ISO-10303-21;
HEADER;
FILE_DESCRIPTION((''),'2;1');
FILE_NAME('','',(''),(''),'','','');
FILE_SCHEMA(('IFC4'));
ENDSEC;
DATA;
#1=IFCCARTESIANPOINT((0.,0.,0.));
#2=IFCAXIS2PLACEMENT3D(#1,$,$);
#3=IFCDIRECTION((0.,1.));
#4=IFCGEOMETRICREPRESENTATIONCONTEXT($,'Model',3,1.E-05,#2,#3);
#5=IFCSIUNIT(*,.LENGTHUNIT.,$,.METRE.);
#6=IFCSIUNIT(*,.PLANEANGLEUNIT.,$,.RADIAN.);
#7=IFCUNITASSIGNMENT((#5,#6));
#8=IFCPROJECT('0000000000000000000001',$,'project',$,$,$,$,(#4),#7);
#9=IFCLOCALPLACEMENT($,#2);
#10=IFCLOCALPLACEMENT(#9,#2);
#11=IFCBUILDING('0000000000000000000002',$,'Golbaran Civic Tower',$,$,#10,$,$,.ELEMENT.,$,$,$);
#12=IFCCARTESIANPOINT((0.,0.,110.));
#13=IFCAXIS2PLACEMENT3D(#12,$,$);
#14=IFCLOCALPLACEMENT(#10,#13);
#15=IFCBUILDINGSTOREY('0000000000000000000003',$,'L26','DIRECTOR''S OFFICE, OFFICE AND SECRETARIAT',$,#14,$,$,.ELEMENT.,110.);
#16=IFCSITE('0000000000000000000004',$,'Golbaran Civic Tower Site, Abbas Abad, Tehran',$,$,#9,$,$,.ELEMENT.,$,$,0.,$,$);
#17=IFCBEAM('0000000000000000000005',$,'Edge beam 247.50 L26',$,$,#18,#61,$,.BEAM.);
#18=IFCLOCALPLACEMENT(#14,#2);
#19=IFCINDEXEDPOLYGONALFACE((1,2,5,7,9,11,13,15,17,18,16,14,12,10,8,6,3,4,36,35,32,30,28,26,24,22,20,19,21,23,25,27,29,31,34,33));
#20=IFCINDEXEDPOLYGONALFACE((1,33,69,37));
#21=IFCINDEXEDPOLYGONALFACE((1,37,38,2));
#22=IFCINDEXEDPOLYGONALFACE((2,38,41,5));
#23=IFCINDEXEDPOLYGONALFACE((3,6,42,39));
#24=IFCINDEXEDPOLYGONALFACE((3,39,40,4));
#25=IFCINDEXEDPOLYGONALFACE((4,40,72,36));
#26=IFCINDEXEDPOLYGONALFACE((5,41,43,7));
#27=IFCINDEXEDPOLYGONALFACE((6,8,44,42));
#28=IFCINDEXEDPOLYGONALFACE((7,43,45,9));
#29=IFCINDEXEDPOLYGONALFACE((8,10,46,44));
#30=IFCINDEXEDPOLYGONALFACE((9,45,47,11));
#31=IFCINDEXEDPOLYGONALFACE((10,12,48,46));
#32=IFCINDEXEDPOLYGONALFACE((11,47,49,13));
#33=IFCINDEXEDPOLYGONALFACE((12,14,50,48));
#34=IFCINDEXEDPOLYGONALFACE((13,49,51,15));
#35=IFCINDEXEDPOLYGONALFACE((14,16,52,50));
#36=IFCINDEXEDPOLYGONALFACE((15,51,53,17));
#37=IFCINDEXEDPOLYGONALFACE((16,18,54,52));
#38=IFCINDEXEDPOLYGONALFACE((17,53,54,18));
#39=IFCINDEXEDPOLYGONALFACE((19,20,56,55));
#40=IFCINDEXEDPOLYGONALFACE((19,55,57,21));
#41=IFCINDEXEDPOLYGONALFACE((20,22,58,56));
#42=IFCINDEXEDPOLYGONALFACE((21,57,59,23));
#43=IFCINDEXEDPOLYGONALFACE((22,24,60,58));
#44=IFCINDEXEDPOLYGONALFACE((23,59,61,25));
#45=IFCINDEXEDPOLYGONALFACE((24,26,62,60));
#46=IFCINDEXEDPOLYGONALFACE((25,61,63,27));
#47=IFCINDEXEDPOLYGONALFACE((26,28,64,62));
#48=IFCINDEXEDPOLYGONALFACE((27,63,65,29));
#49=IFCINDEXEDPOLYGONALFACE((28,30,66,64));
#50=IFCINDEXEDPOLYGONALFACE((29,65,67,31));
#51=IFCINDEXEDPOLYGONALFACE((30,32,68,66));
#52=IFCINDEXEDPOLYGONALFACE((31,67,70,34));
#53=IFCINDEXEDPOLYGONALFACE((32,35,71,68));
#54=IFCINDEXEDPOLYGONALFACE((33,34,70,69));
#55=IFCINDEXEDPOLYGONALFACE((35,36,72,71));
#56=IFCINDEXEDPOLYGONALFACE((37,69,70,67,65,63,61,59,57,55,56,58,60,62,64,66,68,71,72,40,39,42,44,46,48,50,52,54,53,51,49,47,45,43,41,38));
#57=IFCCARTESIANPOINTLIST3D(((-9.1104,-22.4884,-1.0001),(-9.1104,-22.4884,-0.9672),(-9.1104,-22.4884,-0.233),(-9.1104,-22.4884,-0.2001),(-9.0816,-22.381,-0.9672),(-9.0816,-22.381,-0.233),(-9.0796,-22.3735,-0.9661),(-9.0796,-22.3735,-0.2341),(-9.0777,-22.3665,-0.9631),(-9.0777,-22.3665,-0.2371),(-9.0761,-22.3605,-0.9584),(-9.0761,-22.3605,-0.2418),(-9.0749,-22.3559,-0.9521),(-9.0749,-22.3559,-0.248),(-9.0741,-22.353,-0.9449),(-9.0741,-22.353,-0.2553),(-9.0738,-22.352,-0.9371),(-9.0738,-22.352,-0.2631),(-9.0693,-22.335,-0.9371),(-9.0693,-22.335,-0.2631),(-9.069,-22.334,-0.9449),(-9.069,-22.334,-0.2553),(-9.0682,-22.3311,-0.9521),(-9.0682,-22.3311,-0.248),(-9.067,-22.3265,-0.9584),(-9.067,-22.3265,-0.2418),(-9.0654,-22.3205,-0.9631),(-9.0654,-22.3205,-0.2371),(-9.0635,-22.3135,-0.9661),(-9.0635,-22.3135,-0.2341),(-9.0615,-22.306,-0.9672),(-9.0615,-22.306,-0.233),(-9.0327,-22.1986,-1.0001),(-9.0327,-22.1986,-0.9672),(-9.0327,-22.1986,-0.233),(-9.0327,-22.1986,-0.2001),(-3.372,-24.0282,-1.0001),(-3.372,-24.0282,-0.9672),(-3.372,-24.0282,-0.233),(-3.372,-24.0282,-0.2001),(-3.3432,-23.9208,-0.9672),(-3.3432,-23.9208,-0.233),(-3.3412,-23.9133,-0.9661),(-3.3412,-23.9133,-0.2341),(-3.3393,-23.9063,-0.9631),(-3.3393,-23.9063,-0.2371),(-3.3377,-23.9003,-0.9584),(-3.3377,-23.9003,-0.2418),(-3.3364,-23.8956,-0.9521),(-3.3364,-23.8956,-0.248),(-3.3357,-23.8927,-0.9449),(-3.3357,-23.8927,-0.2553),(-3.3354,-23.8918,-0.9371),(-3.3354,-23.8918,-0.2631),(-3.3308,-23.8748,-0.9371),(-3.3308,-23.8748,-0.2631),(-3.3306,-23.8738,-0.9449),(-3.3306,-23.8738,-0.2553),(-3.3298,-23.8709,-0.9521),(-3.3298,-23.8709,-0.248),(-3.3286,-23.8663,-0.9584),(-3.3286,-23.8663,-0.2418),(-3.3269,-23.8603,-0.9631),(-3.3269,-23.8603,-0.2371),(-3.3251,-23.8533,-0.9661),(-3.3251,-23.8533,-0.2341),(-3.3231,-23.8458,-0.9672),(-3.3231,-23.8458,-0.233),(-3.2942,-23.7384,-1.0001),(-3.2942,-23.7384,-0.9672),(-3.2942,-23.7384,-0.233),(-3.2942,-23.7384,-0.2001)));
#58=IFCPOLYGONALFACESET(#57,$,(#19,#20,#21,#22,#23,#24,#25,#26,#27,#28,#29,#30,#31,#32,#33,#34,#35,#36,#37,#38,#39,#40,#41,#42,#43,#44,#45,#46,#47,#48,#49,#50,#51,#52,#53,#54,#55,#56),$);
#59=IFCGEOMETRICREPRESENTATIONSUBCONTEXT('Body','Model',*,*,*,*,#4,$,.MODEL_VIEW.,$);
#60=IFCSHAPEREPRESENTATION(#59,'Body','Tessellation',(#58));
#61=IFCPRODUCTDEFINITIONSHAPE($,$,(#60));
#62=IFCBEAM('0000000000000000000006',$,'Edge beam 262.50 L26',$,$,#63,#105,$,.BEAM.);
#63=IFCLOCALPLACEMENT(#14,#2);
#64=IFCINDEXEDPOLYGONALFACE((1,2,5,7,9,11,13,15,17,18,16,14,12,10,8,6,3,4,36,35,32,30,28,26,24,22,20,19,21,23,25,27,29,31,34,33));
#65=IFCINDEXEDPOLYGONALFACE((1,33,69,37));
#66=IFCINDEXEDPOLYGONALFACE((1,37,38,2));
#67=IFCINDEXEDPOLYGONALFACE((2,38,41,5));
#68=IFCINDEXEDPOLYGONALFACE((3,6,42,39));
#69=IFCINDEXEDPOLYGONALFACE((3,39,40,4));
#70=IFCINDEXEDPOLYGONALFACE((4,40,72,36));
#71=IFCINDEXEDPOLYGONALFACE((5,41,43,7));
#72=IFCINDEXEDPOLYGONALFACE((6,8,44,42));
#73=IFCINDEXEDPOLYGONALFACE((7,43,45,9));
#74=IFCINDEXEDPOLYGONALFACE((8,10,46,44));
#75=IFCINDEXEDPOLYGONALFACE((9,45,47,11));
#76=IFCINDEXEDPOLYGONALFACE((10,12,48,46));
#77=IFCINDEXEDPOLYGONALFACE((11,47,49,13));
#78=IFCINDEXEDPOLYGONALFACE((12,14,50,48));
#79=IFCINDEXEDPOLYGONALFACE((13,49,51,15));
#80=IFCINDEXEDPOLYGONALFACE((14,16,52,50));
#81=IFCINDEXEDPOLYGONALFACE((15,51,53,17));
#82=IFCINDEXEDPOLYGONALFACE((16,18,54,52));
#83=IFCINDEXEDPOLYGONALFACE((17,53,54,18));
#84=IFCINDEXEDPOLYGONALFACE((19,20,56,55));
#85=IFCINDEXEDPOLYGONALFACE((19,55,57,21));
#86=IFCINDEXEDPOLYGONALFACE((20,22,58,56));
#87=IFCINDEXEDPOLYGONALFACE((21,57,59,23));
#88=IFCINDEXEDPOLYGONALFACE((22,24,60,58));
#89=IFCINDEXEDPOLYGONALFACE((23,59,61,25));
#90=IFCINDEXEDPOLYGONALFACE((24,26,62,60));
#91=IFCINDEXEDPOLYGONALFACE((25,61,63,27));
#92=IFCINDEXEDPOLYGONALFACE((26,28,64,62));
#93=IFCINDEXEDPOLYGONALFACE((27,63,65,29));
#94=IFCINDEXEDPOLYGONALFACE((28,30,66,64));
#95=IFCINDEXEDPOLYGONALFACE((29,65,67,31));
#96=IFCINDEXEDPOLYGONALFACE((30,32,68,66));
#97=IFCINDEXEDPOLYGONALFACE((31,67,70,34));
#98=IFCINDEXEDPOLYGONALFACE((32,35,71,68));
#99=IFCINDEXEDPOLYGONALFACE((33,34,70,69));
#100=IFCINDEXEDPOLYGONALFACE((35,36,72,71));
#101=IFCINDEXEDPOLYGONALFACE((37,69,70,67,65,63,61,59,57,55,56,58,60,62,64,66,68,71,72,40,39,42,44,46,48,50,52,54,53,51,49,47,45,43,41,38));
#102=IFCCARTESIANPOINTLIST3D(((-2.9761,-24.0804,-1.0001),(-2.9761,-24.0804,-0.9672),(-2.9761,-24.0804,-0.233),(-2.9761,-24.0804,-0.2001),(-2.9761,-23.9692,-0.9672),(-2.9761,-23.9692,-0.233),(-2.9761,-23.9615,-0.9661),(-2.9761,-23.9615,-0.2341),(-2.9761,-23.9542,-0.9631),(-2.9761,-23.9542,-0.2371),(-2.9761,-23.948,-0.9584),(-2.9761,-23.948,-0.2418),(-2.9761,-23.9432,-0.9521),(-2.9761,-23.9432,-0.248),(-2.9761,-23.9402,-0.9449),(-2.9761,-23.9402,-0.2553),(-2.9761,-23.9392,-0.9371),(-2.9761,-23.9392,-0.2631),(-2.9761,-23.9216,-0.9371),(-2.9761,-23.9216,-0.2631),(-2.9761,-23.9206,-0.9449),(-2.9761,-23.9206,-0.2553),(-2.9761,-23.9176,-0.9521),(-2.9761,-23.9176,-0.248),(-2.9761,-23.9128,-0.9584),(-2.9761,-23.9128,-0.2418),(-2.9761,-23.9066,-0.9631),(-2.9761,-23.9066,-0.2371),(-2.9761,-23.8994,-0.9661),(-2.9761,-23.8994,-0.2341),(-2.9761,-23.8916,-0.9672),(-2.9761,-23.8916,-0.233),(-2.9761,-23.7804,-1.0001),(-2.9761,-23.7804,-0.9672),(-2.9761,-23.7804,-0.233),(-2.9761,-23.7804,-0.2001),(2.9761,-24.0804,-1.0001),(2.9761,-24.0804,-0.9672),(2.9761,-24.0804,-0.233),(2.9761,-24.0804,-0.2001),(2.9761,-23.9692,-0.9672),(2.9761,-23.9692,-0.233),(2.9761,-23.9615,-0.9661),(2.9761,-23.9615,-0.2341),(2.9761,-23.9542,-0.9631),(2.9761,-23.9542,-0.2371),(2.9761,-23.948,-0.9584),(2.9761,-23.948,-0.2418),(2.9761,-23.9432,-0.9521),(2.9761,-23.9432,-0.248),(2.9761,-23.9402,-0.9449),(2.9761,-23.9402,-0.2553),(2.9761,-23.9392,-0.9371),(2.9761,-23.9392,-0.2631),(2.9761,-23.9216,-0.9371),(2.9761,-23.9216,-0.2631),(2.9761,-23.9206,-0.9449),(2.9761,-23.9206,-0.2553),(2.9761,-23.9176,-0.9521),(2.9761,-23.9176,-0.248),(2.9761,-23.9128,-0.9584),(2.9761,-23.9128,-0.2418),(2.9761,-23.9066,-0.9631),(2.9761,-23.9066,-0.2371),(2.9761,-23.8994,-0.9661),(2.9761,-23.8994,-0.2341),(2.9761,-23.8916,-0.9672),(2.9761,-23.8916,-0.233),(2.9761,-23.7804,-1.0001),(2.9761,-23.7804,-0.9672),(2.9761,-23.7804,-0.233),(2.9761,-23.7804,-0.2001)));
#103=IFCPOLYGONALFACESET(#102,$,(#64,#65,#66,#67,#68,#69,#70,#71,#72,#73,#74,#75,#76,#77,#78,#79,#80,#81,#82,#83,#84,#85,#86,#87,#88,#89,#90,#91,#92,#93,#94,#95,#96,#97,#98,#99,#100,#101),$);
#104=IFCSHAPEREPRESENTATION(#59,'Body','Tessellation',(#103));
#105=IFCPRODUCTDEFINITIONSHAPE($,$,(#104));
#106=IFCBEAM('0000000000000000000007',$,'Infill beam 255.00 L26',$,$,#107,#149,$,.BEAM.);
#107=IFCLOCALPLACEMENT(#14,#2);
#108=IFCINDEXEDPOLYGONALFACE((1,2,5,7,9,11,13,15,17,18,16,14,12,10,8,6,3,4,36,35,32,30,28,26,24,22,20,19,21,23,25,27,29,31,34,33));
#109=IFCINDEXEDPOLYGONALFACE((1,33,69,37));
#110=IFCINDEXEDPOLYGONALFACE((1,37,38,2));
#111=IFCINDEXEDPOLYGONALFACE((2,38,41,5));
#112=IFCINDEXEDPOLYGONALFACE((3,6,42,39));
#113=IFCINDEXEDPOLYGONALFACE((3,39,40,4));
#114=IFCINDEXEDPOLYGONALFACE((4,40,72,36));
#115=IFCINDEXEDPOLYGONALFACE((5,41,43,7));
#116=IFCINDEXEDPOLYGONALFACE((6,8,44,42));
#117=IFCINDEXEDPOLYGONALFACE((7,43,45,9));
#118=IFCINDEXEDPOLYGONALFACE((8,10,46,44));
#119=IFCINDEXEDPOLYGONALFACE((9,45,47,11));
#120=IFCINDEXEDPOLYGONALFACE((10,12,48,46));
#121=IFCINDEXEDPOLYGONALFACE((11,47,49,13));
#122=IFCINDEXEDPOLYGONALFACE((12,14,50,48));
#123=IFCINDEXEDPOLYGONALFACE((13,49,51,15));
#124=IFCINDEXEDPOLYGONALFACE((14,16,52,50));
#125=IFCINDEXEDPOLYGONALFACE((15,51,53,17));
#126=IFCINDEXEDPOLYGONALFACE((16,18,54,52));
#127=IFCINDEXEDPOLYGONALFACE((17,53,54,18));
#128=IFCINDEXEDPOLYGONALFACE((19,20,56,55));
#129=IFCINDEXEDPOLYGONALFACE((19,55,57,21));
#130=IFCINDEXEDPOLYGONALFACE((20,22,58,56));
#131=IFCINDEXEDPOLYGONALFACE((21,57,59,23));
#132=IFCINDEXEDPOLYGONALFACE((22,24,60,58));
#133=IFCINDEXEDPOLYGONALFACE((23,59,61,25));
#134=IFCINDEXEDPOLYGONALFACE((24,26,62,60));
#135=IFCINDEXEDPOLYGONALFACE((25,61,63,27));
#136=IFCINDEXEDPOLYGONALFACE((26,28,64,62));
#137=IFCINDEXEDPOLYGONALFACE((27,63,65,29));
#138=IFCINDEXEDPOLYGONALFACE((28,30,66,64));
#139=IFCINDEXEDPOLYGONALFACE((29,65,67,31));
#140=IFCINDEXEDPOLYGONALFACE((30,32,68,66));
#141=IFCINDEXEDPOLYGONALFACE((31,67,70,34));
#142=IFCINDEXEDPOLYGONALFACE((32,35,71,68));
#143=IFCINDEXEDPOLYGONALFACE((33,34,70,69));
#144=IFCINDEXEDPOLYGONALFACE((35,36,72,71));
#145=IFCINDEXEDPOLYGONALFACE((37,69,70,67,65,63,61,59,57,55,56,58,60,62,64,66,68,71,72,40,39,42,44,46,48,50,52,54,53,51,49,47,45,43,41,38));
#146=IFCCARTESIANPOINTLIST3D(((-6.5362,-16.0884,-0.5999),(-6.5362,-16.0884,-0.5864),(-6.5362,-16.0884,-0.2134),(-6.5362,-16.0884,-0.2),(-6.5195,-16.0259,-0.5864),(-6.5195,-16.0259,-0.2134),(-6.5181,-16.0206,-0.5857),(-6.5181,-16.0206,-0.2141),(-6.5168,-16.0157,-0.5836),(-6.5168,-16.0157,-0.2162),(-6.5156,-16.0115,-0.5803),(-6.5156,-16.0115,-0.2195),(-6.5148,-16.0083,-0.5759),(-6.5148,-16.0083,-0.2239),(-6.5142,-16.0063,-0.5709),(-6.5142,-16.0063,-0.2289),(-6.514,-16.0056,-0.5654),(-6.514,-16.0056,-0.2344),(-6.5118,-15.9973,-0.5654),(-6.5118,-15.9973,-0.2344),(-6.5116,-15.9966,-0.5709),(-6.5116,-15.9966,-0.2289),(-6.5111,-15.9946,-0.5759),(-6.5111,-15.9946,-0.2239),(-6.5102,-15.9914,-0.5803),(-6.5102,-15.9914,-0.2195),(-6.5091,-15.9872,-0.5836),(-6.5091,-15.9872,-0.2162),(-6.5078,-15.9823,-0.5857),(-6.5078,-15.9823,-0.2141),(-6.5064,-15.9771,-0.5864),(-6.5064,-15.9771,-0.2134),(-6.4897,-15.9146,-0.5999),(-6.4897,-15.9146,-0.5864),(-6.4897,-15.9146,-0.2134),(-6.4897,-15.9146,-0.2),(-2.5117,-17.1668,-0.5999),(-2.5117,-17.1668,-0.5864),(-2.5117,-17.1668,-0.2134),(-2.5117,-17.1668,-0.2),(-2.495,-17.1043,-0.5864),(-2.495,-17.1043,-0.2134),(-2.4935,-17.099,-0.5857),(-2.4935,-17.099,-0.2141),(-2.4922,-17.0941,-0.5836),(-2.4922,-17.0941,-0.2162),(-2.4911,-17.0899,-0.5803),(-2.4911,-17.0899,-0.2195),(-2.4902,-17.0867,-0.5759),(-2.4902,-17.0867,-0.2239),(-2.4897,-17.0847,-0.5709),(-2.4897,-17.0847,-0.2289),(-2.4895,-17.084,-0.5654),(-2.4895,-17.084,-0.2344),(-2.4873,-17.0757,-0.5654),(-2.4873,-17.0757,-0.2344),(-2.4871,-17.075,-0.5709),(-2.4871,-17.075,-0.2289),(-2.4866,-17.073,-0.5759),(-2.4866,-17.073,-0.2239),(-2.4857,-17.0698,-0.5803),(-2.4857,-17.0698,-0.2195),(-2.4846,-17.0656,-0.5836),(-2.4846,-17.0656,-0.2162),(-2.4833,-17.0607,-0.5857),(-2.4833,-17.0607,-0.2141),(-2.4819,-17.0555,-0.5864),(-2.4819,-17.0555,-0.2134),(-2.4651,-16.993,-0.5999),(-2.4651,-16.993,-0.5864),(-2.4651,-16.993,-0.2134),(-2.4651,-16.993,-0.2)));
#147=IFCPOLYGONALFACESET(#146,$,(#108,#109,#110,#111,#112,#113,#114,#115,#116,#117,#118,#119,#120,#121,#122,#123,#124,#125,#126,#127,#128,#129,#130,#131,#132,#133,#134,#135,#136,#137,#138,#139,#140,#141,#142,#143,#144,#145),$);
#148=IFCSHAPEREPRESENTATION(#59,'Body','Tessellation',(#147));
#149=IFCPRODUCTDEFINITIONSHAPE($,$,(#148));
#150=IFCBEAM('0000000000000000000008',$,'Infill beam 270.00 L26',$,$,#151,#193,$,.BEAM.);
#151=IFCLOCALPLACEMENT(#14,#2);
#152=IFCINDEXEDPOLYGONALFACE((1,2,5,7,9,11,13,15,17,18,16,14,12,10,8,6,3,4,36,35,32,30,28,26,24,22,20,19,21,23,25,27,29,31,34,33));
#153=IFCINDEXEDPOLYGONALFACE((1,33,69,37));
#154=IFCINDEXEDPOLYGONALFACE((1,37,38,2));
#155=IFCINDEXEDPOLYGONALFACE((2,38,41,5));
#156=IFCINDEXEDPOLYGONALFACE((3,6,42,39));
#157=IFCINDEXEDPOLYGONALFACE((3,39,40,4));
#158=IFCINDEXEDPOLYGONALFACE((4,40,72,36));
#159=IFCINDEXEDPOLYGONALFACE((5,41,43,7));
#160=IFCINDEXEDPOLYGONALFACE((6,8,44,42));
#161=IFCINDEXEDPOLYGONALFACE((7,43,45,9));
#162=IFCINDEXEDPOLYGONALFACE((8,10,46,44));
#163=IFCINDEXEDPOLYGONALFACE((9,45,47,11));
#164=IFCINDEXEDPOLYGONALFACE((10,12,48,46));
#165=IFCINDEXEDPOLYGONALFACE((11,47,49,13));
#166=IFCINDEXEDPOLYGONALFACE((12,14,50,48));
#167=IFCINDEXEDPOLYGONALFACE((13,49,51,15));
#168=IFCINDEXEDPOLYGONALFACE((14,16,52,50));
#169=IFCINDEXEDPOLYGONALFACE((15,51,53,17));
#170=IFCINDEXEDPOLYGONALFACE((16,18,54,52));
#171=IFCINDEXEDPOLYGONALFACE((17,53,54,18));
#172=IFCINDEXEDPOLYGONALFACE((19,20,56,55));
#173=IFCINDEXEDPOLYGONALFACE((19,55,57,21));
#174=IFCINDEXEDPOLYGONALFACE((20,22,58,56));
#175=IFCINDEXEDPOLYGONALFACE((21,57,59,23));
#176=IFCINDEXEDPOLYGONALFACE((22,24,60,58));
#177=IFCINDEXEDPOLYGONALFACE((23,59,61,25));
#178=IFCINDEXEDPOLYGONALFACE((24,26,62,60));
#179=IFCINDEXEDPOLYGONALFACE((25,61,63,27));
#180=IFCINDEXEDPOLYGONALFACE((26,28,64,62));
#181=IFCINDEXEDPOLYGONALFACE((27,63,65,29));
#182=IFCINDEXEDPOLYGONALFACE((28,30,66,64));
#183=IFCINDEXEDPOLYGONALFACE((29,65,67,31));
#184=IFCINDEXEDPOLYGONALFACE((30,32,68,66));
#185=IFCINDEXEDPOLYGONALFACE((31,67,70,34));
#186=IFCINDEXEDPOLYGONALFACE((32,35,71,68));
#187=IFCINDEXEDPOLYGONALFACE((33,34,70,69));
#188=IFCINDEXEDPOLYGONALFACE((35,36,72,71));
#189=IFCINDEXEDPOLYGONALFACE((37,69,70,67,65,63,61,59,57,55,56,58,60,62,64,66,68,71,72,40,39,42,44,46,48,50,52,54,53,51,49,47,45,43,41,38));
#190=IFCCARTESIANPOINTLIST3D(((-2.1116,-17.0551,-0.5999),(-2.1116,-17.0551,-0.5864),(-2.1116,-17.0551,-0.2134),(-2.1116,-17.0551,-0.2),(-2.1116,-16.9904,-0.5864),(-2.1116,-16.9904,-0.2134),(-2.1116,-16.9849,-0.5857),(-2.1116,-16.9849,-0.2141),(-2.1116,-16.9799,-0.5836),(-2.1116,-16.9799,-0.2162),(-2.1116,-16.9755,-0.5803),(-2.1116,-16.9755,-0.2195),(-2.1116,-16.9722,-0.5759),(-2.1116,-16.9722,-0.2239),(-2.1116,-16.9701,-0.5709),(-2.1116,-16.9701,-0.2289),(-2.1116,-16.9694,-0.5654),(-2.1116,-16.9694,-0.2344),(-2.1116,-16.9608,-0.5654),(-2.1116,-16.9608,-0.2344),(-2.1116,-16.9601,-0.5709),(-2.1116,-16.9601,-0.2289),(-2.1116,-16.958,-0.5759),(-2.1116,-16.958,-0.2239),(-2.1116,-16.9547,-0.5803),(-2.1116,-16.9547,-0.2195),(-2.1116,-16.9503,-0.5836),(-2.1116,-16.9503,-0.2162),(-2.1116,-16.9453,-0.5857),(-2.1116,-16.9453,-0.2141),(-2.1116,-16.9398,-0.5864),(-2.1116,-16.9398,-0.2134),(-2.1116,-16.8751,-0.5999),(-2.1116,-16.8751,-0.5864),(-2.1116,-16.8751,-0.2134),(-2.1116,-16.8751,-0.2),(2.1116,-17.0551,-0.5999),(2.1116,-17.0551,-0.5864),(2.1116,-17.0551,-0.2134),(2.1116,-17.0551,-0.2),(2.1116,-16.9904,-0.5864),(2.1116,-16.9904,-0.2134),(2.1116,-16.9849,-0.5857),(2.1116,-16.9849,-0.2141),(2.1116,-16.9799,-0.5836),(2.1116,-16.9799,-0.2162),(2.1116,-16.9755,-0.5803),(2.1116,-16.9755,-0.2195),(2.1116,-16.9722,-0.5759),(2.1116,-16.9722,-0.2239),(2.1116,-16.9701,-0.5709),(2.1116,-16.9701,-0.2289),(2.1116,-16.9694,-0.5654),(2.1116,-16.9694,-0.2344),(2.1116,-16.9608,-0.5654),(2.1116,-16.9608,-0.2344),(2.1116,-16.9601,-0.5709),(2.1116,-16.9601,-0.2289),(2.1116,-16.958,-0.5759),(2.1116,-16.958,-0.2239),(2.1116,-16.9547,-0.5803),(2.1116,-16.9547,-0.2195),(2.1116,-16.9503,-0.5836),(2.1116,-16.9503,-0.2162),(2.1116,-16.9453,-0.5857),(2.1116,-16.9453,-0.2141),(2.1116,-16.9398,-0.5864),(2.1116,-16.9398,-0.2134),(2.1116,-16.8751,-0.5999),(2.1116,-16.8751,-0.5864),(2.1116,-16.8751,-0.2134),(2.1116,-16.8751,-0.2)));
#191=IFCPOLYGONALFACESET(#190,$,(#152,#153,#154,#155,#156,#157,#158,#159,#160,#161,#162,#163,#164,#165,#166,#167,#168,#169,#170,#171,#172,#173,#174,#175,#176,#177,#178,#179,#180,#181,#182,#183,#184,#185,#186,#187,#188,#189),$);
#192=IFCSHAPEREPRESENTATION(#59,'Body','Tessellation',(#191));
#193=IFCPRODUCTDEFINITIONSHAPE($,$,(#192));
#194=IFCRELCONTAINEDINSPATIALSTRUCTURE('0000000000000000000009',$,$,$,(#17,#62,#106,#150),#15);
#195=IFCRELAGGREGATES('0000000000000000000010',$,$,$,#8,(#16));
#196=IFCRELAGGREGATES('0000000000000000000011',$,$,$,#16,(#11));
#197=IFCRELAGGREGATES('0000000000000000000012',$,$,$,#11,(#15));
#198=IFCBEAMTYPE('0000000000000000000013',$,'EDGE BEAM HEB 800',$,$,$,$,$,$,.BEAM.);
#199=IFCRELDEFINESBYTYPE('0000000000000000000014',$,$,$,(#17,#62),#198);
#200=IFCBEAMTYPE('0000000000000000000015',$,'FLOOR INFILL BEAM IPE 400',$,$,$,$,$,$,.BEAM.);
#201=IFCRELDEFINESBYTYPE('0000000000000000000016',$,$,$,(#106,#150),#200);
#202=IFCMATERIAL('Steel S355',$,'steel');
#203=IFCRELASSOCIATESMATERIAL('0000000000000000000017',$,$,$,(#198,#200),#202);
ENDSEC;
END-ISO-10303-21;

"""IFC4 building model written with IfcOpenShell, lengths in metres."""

from ifc_helpers import new_model, si_unit, direction, frame, origin, origin_2d, place, context, subcontext, project, spatial, i_section, extrude, material, material_profile, profile_set, type_object, element, save


model = new_model("IFC4")

# Units and contexts
model_context = context("Model", 3, precision=1e-05, world=origin(), true_north=direction((0.0, 1.0)))
body_context = subcontext(model_context, "Body", "Model", "MODEL_VIEW")
ifc_project = project(units=[si_unit("LENGTHUNIT", "METRE"), si_unit("PLANEANGLEUNIT", "RADIAN")], contexts=[model_context])

# Site, building, storey
site_placement = place(None, origin())
site = spatial("IfcSite", under=ifc_project, at=site_placement, Name="Golbaran Civic Tower Site, Abbas Abad, Tehran", CompositionType="ELEMENT", RefElevation=0.0)
building_placement = place(site_placement, origin())
building = spatial("IfcBuilding", under=site, at=building_placement, Name="Golbaran Civic Tower", CompositionType="ELEMENT")
storey_placement = place(building_placement, frame((0.0, 0.0, 110.0)))
storey = spatial("IfcBuildingStorey", under=building, at=storey_placement, Name="L26", Description="DIRECTOR'S OFFICE, OFFICE AND SECRETARIAT", CompositionType="ELEMENT", Elevation=110.0)

# Beams
ifc_material_1 = material(Name="Steel S355", Category="steel")
ifc_material_profile_1 = material_profile(ifc_material_1, i_section(OverallWidth=0.3, OverallDepth=0.8, WebThickness=0.0176, FlangeThickness=0.033, FilletRadius=0.03, at=origin_2d()), Name="HEB 800")
ifc_profile_set_1 = profile_set([ifc_material_profile_1], Name="Steel S355")
beam_type_1 = type_object("IfcBeamType", Name="EDGE BEAM HEB 800", PredefinedType="BEAM", material=ifc_profile_set_1)
beam_1_placement = place(storey_placement, frame((-9.0715, -22.3435, -0.6001), z_axis=(0.965835, -0.259158, 0.0), x_axis=(0.259158, 0.965835, 0.0)))
element("IfcBeam", 1, at=beam_1_placement, inside=storey, type_object=beam_type_1, Name="Edge beam 247.50 L26", PredefinedType="BEAM", context=body_context, shape_type="SweptSolid", body=[
    extrude(i_section(OverallWidth=0.3, OverallDepth=0.8, WebThickness=0.0176, FlangeThickness=0.033, FilletRadius=0.03, at=origin_2d()), origin(), (0.0, 0.0, 1.0), 5.9414),
])
beam_2_placement = place(storey_placement, frame((-2.9761, -23.9304, -0.6001), z_axis=(1.0, 0.0, 0.0), x_axis=(0.0, 1.0, 0.0)))
element("IfcBeam", 2, at=beam_2_placement, inside=storey, type_object=beam_type_1, Name="Edge beam 262.50 L26", PredefinedType="BEAM", context=body_context, shape_type="SweptSolid", body=[
    extrude(i_section(OverallWidth=0.3, OverallDepth=0.8, WebThickness=0.0176, FlangeThickness=0.033, FilletRadius=0.03, at=origin_2d()), origin(), (0.0, 0.0, 1.0), 5.9521),
])
ifc_material_profile_2 = material_profile(ifc_material_1, i_section(OverallWidth=0.1799, OverallDepth=0.3999, WebThickness=0.0085, FlangeThickness=0.0134, FilletRadius=0.021, at=origin_2d()), Name="IPE 400")
ifc_profile_set_2 = profile_set([ifc_material_profile_2], Name="Steel S355")
beam_type_2 = type_object("IfcBeamType", Name="FLOOR INFILL BEAM IPE 400", PredefinedType="BEAM", material=ifc_profile_set_2)
beam_3_placement = place(storey_placement, frame((-6.5129, -16.0015, -0.3999), z_axis=(0.965924, -0.258826, 0.0), x_axis=(0.258826, 0.965924, 0.0)))
element("IfcBeam", 3, at=beam_3_placement, inside=storey, type_object=beam_type_2, Name="Infill beam 255.00 L26", PredefinedType="BEAM", context=body_context, shape_type="SweptSolid", body=[
    extrude(i_section(OverallWidth=0.1799, OverallDepth=0.3999, WebThickness=0.0085, FlangeThickness=0.0134, FilletRadius=0.021, at=origin_2d()), origin(), (0.0, 0.0, 1.0), 4.1665),
])
beam_4_placement = place(storey_placement, frame((-2.1116, -16.9651, -0.3999), z_axis=(1.0, 0.0, 0.0), x_axis=(0.0, 1.0, 0.0)))
element("IfcBeam", 4, at=beam_4_placement, inside=storey, type_object=beam_type_2, Name="Infill beam 270.00 L26", PredefinedType="BEAM", context=body_context, shape_type="SweptSolid", body=[
    extrude(i_section(OverallWidth=0.1799, OverallDepth=0.3999, WebThickness=0.0085, FlangeThickness=0.0134, FilletRadius=0.021, at=origin_2d()), origin(), (0.0, 0.0, 1.0), 4.2231),
])

save(model, "model.ifc")
